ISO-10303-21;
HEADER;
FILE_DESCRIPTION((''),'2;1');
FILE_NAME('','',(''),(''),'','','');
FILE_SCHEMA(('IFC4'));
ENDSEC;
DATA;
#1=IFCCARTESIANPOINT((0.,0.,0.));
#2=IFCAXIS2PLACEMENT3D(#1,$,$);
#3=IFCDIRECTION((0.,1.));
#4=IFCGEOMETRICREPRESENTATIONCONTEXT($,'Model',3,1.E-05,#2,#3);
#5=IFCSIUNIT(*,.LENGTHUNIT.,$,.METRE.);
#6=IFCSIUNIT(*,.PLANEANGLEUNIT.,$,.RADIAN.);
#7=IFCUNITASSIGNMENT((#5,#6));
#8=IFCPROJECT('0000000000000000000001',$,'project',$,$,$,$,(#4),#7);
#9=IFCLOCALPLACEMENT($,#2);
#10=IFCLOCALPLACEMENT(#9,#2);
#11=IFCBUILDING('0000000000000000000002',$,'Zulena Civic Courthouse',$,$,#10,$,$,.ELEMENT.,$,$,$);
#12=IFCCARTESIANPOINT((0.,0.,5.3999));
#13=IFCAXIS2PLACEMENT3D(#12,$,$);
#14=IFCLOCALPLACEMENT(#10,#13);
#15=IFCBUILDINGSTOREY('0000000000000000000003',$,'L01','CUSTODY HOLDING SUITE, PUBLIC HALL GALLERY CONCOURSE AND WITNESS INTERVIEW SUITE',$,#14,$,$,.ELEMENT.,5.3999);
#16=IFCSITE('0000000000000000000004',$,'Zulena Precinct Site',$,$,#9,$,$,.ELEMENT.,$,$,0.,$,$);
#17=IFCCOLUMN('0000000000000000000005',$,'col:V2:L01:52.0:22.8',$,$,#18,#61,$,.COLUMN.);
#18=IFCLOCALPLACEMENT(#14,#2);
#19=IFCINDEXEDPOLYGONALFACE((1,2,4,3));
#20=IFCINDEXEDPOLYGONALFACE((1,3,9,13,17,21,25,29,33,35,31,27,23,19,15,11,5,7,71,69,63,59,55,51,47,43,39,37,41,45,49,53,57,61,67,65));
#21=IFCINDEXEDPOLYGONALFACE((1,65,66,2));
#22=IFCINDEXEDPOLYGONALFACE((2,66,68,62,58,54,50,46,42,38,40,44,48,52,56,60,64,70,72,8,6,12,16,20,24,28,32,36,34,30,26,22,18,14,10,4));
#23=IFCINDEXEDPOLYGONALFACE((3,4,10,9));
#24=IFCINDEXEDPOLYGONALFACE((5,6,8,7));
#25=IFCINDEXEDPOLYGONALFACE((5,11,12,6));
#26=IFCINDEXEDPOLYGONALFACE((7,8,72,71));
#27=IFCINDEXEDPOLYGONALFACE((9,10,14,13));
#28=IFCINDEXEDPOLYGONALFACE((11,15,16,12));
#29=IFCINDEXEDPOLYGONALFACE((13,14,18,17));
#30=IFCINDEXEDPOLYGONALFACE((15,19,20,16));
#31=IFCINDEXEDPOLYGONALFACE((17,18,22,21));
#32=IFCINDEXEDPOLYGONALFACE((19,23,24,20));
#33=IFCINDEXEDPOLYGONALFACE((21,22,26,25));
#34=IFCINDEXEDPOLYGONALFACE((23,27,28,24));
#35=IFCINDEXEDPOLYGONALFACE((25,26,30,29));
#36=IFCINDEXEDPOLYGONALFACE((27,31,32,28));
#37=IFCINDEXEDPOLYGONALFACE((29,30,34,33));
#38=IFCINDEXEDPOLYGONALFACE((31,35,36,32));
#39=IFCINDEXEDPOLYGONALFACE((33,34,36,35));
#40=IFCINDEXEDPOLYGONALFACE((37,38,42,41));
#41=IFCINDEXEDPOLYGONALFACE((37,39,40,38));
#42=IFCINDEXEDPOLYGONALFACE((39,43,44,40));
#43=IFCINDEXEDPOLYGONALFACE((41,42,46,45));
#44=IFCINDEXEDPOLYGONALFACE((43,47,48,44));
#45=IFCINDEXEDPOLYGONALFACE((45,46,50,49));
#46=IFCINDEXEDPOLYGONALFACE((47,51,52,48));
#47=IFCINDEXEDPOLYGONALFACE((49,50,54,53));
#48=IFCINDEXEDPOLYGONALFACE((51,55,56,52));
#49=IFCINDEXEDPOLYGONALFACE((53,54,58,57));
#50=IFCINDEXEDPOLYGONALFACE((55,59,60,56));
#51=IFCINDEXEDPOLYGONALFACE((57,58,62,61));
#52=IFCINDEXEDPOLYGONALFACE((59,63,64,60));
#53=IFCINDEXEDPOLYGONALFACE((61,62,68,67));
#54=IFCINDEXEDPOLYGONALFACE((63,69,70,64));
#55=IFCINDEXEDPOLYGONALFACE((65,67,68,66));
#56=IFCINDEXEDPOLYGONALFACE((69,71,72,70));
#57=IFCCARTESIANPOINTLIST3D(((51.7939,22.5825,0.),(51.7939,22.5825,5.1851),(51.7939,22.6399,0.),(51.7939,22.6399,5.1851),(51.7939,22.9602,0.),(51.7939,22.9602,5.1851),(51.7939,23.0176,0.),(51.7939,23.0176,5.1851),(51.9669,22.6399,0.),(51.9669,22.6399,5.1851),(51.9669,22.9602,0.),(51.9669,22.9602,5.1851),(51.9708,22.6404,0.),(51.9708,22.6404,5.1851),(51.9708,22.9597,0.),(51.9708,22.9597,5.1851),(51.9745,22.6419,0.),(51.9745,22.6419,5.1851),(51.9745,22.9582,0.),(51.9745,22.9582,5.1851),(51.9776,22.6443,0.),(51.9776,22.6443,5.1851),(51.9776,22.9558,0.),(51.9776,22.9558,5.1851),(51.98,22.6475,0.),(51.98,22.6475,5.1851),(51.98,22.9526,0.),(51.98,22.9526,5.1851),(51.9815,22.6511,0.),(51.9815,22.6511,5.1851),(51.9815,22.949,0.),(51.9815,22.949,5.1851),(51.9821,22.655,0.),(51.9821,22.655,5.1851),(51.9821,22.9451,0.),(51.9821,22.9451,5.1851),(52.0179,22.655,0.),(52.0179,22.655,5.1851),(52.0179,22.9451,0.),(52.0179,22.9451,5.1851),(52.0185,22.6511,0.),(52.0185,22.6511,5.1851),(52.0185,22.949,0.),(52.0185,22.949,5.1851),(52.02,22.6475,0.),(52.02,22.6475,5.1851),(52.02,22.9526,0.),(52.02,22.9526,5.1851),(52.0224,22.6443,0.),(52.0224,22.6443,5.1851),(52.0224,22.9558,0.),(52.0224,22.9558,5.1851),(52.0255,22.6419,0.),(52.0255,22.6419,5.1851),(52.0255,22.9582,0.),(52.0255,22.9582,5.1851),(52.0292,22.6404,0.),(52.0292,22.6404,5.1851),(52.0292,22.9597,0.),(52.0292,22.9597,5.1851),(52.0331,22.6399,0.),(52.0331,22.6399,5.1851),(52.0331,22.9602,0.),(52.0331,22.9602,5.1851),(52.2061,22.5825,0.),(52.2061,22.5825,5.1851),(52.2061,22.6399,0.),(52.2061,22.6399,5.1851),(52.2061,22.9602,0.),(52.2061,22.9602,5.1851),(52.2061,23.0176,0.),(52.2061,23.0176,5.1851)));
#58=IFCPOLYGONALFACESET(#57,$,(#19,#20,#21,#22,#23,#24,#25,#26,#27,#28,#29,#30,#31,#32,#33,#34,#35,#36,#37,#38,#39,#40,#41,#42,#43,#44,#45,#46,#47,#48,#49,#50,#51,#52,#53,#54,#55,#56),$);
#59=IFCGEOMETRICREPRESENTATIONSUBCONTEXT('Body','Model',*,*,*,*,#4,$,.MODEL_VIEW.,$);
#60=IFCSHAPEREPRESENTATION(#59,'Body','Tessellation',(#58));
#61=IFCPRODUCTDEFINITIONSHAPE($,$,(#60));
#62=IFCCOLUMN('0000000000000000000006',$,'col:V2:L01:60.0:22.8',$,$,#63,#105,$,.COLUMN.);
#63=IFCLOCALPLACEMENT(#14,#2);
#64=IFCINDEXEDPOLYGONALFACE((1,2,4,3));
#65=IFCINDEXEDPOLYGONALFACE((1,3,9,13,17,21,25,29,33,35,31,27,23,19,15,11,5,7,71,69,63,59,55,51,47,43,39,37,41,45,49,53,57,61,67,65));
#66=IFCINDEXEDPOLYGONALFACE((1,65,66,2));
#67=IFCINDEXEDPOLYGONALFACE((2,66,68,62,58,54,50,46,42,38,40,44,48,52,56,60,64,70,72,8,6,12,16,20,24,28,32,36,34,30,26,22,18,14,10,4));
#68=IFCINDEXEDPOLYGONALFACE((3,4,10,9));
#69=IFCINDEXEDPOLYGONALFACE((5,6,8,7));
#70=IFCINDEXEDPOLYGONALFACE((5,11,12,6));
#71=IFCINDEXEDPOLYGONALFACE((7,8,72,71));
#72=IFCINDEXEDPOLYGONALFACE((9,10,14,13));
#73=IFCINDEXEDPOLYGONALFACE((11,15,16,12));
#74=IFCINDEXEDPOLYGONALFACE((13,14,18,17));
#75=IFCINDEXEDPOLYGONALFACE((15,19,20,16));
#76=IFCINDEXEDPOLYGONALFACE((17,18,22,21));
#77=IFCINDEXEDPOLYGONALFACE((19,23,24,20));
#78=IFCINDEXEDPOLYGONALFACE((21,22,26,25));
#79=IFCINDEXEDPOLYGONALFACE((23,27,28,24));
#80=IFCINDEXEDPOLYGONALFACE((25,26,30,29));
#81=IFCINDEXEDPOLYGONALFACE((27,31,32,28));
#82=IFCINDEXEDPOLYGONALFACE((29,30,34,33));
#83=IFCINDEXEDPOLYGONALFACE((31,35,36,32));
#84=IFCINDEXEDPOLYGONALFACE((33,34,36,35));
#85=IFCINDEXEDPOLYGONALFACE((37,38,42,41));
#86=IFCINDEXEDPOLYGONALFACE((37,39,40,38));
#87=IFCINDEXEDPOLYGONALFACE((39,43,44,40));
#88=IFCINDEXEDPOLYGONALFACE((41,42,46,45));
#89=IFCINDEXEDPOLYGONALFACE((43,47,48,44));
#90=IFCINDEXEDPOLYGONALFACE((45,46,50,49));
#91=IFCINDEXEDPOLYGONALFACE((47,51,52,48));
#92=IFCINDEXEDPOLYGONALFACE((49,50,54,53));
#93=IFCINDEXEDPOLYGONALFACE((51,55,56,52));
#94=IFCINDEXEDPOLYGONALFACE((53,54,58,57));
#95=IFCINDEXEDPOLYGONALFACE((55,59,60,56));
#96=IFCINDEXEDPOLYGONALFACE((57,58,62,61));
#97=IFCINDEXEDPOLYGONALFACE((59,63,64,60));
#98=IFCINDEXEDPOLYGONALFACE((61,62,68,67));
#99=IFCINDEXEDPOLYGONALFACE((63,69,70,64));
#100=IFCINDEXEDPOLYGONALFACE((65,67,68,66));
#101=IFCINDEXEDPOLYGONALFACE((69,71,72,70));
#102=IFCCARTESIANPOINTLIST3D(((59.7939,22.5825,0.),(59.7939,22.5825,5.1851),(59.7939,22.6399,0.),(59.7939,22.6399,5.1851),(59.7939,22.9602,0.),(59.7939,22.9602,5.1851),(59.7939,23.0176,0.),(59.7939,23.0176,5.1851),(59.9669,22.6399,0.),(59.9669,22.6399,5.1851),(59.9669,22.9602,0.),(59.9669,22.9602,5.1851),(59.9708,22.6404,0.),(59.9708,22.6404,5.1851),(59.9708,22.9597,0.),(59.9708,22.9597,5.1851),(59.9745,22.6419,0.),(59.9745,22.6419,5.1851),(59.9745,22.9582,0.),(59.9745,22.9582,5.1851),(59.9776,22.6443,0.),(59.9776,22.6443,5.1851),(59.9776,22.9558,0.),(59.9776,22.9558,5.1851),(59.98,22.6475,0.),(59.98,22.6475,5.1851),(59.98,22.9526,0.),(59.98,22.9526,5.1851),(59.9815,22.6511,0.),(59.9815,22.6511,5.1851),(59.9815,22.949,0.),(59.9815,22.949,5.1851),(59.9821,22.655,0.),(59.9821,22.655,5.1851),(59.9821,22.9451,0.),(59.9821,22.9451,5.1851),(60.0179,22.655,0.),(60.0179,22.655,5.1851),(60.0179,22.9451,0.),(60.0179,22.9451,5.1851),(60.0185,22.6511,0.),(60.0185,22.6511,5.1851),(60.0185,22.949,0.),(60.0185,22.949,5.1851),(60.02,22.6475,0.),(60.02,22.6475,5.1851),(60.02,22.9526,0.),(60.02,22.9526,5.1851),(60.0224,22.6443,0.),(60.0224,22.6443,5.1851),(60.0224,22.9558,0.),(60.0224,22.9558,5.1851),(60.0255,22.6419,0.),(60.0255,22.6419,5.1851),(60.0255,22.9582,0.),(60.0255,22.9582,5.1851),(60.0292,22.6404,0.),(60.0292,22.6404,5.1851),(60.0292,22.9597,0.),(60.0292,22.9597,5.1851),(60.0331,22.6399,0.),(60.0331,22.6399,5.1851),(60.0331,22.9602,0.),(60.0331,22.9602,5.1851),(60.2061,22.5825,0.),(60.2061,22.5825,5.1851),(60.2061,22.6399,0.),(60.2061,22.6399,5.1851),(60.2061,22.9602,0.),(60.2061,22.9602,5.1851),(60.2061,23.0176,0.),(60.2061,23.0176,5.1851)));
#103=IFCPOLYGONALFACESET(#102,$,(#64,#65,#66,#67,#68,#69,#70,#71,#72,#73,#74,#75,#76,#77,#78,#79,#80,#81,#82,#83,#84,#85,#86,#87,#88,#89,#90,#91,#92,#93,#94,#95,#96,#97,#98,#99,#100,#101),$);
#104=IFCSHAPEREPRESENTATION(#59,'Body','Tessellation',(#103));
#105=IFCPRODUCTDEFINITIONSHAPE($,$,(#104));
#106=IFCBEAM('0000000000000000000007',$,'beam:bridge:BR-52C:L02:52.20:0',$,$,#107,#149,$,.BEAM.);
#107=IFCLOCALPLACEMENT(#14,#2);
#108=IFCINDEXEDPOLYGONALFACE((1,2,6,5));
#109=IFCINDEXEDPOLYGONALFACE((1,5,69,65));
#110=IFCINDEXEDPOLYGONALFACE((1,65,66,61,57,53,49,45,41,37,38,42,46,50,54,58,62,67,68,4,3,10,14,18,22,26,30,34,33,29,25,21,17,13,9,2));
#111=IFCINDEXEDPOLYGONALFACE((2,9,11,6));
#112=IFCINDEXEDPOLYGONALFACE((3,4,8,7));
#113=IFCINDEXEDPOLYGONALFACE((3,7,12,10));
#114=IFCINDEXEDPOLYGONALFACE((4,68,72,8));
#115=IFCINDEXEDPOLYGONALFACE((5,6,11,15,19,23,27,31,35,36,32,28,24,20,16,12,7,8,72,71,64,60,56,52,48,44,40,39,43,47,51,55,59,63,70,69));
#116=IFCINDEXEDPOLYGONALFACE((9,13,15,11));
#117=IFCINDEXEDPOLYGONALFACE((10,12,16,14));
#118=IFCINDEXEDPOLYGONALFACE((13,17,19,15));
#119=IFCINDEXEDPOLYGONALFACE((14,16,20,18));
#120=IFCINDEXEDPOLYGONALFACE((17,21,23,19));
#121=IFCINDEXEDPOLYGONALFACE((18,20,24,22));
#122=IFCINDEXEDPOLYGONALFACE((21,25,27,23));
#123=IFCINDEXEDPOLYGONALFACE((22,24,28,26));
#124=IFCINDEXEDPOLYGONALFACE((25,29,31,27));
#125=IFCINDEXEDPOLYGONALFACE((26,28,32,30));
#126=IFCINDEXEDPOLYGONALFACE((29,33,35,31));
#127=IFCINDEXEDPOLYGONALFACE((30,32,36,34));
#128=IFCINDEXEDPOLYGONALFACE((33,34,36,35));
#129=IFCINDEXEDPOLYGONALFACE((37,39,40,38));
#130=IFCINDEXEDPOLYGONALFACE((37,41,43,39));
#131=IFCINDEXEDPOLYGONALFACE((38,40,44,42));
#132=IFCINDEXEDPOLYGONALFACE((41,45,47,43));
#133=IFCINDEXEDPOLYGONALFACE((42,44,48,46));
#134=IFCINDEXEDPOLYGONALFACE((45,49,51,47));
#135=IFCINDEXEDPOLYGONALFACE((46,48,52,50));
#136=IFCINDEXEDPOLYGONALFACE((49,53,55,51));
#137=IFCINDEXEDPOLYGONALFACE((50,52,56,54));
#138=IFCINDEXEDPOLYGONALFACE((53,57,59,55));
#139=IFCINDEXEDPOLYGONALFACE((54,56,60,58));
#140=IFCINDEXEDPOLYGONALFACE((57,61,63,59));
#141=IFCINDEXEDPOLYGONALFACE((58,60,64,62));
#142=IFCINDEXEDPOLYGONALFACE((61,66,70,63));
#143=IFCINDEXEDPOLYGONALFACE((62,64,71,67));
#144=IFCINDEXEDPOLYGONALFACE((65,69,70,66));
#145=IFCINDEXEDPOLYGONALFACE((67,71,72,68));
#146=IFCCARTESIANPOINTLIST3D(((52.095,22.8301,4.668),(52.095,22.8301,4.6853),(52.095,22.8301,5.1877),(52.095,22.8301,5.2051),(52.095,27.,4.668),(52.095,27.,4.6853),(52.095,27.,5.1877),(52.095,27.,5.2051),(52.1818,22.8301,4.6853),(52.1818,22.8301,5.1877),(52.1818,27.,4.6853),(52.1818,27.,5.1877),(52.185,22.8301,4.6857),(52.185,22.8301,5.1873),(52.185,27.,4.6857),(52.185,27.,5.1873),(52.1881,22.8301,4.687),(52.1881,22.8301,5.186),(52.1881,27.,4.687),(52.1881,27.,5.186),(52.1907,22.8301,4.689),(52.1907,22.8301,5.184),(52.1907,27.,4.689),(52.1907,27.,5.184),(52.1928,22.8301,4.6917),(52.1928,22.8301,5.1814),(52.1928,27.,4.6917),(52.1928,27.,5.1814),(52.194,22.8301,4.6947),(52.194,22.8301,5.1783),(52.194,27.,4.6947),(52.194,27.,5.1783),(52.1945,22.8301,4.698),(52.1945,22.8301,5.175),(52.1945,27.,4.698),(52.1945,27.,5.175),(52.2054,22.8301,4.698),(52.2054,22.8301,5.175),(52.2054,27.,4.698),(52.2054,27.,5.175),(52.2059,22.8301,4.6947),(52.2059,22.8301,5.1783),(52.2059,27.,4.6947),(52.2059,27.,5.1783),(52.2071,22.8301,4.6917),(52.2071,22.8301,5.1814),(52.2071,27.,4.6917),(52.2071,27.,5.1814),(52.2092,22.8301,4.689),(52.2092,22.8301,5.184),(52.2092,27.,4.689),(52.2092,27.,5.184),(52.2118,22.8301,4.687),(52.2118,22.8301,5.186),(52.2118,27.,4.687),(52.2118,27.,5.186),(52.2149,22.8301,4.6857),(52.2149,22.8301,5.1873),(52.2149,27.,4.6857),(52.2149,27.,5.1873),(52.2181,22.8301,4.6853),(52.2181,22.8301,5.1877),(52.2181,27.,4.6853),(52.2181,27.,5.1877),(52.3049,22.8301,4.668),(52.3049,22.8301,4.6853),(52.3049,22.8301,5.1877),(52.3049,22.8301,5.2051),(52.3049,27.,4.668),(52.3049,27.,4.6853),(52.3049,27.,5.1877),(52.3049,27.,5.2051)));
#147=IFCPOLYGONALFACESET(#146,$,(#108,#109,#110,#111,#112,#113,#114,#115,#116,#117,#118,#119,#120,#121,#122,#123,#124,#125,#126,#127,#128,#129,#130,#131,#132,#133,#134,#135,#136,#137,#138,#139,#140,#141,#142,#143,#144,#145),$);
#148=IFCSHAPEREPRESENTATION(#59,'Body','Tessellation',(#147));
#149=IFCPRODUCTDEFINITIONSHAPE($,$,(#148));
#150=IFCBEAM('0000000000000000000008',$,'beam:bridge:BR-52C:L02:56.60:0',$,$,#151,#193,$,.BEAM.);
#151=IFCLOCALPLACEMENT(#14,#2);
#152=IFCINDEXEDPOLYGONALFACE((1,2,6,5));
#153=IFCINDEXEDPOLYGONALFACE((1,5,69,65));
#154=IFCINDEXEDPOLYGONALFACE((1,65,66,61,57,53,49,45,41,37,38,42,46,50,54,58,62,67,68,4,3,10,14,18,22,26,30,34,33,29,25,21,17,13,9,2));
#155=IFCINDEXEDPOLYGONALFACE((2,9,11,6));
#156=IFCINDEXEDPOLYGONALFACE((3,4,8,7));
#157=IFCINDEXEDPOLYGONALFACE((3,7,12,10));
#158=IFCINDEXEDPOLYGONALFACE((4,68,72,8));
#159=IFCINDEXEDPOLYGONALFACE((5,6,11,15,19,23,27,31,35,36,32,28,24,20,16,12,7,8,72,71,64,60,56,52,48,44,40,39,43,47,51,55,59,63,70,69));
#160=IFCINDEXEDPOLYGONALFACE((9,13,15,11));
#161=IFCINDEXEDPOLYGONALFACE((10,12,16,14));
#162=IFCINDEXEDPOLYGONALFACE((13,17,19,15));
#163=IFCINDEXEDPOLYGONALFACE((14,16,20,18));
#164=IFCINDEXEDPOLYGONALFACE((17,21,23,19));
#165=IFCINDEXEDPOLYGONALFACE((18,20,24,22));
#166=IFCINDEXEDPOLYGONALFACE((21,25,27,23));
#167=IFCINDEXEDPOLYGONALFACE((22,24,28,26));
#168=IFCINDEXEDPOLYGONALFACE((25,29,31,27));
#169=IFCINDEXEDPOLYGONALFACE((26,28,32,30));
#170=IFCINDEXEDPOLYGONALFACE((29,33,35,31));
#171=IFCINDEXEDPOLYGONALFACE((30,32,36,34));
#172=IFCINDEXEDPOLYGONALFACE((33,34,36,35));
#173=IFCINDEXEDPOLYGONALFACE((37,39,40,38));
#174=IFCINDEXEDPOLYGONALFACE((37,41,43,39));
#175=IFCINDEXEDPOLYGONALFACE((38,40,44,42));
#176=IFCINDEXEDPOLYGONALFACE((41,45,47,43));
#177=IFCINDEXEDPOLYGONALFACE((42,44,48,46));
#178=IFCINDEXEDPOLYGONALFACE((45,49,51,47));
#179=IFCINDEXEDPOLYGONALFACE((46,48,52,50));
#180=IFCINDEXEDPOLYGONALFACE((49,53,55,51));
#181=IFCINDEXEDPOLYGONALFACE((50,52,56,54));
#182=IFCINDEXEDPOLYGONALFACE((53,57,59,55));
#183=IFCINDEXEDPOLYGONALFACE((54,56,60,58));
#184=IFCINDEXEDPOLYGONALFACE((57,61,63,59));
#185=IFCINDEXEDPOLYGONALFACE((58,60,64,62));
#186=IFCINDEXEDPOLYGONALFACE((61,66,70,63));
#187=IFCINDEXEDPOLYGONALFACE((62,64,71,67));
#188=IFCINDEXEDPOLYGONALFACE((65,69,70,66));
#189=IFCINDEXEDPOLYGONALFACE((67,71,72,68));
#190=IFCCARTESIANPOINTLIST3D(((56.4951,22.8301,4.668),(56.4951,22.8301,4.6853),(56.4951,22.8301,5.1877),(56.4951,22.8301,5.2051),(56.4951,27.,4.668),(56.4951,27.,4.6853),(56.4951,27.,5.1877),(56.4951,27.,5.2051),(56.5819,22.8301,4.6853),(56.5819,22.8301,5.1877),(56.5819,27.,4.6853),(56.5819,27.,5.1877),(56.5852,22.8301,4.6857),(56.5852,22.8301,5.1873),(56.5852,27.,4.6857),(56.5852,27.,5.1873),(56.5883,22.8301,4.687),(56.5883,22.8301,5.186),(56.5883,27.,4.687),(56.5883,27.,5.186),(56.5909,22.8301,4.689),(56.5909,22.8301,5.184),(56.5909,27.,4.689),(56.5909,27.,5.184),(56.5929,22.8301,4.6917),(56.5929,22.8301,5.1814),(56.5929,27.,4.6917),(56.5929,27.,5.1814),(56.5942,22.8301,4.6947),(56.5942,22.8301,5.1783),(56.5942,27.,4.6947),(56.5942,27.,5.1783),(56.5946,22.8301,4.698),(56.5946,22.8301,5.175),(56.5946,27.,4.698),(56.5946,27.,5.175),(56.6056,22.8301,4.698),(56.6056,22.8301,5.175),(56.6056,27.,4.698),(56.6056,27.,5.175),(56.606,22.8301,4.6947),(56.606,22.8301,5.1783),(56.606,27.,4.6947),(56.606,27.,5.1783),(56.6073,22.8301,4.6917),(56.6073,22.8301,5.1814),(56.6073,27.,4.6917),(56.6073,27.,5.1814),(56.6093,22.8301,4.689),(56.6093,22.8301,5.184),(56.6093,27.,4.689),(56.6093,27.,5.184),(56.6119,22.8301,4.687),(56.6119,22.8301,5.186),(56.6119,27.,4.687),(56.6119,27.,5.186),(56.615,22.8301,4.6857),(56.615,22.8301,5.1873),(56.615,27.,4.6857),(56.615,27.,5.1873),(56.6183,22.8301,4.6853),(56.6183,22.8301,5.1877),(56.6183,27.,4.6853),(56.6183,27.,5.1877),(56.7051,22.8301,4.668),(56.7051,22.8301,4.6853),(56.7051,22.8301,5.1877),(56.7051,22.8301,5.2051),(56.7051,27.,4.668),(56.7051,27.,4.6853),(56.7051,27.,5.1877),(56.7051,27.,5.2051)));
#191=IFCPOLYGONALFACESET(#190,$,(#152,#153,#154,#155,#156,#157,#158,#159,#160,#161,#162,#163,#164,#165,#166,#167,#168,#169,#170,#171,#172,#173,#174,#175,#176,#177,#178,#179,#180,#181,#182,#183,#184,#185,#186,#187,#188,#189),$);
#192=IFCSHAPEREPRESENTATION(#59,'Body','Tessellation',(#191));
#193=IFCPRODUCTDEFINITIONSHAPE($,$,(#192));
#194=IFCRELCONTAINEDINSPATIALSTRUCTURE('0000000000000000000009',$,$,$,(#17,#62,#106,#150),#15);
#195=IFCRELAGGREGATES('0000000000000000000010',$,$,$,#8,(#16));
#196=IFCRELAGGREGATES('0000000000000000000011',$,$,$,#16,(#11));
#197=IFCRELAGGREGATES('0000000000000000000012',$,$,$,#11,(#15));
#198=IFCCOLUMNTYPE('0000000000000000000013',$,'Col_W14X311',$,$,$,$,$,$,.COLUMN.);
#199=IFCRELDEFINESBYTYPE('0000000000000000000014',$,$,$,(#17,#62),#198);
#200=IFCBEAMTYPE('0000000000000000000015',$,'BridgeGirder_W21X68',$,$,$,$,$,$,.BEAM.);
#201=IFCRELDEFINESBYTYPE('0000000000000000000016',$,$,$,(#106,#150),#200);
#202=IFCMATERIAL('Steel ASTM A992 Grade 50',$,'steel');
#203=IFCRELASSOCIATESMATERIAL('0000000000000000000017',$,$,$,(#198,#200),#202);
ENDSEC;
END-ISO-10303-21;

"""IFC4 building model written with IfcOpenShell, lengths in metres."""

from ifc_helpers import new_model, si_unit, direction, frame, origin, origin_2d, place, context, subcontext, project, spatial, i_section, extrude, material, material_profile, profile_set, type_object, element, save


model = new_model("IFC4")

# Units and contexts
model_context = context("Model", 3, precision=1e-05, world=origin(), true_north=direction((0.0, 1.0)))
body_context = subcontext(model_context, "Body", "Model", "MODEL_VIEW")
ifc_project = project(units=[si_unit("LENGTHUNIT", "METRE"), si_unit("PLANEANGLEUNIT", "RADIAN")], contexts=[model_context])

# Site, building, storey
site_placement = place(None, origin())
site = spatial("IfcSite", under=ifc_project, at=site_placement, Name="Zulena Precinct Site", CompositionType="ELEMENT", RefElevation=0.0)
building_placement = place(site_placement, origin())
building = spatial("IfcBuilding", under=site, at=building_placement, Name="Zulena Civic Courthouse", CompositionType="ELEMENT")
storey_placement = place(building_placement, frame((0.0, 0.0, 5.3999)))
storey = spatial("IfcBuildingStorey", under=building, at=storey_placement, Name="L01", Description="CUSTODY HOLDING SUITE, PUBLIC HALL GALLERY CONCOURSE AND WITNESS INTERVIEW SUITE", CompositionType="ELEMENT", Elevation=5.3999)

# Columns
ifc_material_1 = material(Name="Steel ASTM A992 Grade 50", Category="steel")
ifc_material_profile_1 = material_profile(ifc_material_1, i_section(OverallWidth=0.4121, OverallDepth=0.4351, WebThickness=0.0359, FlangeThickness=0.0574, FilletRadius=0.0151, at=origin_2d()), Name="W14X311")
ifc_profile_set_1 = profile_set([ifc_material_profile_1], Name="Steel ASTM A992 Grade 50")
column_type = type_object("IfcColumnType", Name="Col_W14X311", PredefinedType="COLUMN", material=ifc_profile_set_1)
for number, where, z_axis, x_axis, name in (
    (1, (52.0, 22.8, 0.0), (0.0, 0.0, 1.0), (1.0, 0.0, 0.0), "col:V2:L01:52.0:22.8"),
    (2, (60.0, 22.8, 0.0), (0.0, 0.0, 1.0), (1.0, 0.0, 0.0), "col:V2:L01:60.0:22.8"),
):
    element("IfcColumn", number, at=place(storey_placement, frame(where, z_axis=z_axis, x_axis=x_axis)), inside=storey, type_object=column_type, Name=name, PredefinedType="COLUMN", context=body_context, shape_type="SweptSolid", body=[
        extrude(i_section(OverallWidth=0.4121, OverallDepth=0.4351, WebThickness=0.0359, FlangeThickness=0.0574, FilletRadius=0.0151, at=origin_2d()), origin(), (0.0, 0.0, 1.0), 5.1851),
    ])

# Beams
ifc_material_profile_2 = material_profile(ifc_material_1, i_section(OverallWidth=0.21, OverallDepth=0.5371, WebThickness=0.011, FlangeThickness=0.0173, FilletRadius=0.0127, at=origin_2d()), Name="W21X68")
ifc_profile_set_2 = profile_set([ifc_material_profile_2], Name="Steel ASTM A992 Grade 50")
beam_type_1 = type_object("IfcBeamType", Name="BridgeGirder_W21X68", PredefinedType="BEAM", material=ifc_profile_set_2)
for number, where, z_axis, x_axis, name in (
    (3, (52.2, 22.8301, 4.9365), (0.0, 1.0, 0.0), (-1.0, 0.0, 0.0), "beam:bridge:BR-52C:L02:52.20:0"),
    (4, (56.6001, 22.8301, 4.9365), (0.0, 1.0, 0.0), (-1.0, 0.0, 0.0), "beam:bridge:BR-52C:L02:56.60:0"),
):
    element("IfcBeam", number, at=place(storey_placement, frame(where, z_axis=z_axis, x_axis=x_axis)), inside=storey, type_object=beam_type_1, Name=name, PredefinedType="BEAM", context=body_context, shape_type="SweptSolid", body=[
        extrude(i_section(OverallWidth=0.21, OverallDepth=0.5371, WebThickness=0.011, FlangeThickness=0.0173, FilletRadius=0.0127, at=origin_2d()), origin(), (0.0, 0.0, 1.0), 4.1699),
    ])

save(model, "model.ifc")
